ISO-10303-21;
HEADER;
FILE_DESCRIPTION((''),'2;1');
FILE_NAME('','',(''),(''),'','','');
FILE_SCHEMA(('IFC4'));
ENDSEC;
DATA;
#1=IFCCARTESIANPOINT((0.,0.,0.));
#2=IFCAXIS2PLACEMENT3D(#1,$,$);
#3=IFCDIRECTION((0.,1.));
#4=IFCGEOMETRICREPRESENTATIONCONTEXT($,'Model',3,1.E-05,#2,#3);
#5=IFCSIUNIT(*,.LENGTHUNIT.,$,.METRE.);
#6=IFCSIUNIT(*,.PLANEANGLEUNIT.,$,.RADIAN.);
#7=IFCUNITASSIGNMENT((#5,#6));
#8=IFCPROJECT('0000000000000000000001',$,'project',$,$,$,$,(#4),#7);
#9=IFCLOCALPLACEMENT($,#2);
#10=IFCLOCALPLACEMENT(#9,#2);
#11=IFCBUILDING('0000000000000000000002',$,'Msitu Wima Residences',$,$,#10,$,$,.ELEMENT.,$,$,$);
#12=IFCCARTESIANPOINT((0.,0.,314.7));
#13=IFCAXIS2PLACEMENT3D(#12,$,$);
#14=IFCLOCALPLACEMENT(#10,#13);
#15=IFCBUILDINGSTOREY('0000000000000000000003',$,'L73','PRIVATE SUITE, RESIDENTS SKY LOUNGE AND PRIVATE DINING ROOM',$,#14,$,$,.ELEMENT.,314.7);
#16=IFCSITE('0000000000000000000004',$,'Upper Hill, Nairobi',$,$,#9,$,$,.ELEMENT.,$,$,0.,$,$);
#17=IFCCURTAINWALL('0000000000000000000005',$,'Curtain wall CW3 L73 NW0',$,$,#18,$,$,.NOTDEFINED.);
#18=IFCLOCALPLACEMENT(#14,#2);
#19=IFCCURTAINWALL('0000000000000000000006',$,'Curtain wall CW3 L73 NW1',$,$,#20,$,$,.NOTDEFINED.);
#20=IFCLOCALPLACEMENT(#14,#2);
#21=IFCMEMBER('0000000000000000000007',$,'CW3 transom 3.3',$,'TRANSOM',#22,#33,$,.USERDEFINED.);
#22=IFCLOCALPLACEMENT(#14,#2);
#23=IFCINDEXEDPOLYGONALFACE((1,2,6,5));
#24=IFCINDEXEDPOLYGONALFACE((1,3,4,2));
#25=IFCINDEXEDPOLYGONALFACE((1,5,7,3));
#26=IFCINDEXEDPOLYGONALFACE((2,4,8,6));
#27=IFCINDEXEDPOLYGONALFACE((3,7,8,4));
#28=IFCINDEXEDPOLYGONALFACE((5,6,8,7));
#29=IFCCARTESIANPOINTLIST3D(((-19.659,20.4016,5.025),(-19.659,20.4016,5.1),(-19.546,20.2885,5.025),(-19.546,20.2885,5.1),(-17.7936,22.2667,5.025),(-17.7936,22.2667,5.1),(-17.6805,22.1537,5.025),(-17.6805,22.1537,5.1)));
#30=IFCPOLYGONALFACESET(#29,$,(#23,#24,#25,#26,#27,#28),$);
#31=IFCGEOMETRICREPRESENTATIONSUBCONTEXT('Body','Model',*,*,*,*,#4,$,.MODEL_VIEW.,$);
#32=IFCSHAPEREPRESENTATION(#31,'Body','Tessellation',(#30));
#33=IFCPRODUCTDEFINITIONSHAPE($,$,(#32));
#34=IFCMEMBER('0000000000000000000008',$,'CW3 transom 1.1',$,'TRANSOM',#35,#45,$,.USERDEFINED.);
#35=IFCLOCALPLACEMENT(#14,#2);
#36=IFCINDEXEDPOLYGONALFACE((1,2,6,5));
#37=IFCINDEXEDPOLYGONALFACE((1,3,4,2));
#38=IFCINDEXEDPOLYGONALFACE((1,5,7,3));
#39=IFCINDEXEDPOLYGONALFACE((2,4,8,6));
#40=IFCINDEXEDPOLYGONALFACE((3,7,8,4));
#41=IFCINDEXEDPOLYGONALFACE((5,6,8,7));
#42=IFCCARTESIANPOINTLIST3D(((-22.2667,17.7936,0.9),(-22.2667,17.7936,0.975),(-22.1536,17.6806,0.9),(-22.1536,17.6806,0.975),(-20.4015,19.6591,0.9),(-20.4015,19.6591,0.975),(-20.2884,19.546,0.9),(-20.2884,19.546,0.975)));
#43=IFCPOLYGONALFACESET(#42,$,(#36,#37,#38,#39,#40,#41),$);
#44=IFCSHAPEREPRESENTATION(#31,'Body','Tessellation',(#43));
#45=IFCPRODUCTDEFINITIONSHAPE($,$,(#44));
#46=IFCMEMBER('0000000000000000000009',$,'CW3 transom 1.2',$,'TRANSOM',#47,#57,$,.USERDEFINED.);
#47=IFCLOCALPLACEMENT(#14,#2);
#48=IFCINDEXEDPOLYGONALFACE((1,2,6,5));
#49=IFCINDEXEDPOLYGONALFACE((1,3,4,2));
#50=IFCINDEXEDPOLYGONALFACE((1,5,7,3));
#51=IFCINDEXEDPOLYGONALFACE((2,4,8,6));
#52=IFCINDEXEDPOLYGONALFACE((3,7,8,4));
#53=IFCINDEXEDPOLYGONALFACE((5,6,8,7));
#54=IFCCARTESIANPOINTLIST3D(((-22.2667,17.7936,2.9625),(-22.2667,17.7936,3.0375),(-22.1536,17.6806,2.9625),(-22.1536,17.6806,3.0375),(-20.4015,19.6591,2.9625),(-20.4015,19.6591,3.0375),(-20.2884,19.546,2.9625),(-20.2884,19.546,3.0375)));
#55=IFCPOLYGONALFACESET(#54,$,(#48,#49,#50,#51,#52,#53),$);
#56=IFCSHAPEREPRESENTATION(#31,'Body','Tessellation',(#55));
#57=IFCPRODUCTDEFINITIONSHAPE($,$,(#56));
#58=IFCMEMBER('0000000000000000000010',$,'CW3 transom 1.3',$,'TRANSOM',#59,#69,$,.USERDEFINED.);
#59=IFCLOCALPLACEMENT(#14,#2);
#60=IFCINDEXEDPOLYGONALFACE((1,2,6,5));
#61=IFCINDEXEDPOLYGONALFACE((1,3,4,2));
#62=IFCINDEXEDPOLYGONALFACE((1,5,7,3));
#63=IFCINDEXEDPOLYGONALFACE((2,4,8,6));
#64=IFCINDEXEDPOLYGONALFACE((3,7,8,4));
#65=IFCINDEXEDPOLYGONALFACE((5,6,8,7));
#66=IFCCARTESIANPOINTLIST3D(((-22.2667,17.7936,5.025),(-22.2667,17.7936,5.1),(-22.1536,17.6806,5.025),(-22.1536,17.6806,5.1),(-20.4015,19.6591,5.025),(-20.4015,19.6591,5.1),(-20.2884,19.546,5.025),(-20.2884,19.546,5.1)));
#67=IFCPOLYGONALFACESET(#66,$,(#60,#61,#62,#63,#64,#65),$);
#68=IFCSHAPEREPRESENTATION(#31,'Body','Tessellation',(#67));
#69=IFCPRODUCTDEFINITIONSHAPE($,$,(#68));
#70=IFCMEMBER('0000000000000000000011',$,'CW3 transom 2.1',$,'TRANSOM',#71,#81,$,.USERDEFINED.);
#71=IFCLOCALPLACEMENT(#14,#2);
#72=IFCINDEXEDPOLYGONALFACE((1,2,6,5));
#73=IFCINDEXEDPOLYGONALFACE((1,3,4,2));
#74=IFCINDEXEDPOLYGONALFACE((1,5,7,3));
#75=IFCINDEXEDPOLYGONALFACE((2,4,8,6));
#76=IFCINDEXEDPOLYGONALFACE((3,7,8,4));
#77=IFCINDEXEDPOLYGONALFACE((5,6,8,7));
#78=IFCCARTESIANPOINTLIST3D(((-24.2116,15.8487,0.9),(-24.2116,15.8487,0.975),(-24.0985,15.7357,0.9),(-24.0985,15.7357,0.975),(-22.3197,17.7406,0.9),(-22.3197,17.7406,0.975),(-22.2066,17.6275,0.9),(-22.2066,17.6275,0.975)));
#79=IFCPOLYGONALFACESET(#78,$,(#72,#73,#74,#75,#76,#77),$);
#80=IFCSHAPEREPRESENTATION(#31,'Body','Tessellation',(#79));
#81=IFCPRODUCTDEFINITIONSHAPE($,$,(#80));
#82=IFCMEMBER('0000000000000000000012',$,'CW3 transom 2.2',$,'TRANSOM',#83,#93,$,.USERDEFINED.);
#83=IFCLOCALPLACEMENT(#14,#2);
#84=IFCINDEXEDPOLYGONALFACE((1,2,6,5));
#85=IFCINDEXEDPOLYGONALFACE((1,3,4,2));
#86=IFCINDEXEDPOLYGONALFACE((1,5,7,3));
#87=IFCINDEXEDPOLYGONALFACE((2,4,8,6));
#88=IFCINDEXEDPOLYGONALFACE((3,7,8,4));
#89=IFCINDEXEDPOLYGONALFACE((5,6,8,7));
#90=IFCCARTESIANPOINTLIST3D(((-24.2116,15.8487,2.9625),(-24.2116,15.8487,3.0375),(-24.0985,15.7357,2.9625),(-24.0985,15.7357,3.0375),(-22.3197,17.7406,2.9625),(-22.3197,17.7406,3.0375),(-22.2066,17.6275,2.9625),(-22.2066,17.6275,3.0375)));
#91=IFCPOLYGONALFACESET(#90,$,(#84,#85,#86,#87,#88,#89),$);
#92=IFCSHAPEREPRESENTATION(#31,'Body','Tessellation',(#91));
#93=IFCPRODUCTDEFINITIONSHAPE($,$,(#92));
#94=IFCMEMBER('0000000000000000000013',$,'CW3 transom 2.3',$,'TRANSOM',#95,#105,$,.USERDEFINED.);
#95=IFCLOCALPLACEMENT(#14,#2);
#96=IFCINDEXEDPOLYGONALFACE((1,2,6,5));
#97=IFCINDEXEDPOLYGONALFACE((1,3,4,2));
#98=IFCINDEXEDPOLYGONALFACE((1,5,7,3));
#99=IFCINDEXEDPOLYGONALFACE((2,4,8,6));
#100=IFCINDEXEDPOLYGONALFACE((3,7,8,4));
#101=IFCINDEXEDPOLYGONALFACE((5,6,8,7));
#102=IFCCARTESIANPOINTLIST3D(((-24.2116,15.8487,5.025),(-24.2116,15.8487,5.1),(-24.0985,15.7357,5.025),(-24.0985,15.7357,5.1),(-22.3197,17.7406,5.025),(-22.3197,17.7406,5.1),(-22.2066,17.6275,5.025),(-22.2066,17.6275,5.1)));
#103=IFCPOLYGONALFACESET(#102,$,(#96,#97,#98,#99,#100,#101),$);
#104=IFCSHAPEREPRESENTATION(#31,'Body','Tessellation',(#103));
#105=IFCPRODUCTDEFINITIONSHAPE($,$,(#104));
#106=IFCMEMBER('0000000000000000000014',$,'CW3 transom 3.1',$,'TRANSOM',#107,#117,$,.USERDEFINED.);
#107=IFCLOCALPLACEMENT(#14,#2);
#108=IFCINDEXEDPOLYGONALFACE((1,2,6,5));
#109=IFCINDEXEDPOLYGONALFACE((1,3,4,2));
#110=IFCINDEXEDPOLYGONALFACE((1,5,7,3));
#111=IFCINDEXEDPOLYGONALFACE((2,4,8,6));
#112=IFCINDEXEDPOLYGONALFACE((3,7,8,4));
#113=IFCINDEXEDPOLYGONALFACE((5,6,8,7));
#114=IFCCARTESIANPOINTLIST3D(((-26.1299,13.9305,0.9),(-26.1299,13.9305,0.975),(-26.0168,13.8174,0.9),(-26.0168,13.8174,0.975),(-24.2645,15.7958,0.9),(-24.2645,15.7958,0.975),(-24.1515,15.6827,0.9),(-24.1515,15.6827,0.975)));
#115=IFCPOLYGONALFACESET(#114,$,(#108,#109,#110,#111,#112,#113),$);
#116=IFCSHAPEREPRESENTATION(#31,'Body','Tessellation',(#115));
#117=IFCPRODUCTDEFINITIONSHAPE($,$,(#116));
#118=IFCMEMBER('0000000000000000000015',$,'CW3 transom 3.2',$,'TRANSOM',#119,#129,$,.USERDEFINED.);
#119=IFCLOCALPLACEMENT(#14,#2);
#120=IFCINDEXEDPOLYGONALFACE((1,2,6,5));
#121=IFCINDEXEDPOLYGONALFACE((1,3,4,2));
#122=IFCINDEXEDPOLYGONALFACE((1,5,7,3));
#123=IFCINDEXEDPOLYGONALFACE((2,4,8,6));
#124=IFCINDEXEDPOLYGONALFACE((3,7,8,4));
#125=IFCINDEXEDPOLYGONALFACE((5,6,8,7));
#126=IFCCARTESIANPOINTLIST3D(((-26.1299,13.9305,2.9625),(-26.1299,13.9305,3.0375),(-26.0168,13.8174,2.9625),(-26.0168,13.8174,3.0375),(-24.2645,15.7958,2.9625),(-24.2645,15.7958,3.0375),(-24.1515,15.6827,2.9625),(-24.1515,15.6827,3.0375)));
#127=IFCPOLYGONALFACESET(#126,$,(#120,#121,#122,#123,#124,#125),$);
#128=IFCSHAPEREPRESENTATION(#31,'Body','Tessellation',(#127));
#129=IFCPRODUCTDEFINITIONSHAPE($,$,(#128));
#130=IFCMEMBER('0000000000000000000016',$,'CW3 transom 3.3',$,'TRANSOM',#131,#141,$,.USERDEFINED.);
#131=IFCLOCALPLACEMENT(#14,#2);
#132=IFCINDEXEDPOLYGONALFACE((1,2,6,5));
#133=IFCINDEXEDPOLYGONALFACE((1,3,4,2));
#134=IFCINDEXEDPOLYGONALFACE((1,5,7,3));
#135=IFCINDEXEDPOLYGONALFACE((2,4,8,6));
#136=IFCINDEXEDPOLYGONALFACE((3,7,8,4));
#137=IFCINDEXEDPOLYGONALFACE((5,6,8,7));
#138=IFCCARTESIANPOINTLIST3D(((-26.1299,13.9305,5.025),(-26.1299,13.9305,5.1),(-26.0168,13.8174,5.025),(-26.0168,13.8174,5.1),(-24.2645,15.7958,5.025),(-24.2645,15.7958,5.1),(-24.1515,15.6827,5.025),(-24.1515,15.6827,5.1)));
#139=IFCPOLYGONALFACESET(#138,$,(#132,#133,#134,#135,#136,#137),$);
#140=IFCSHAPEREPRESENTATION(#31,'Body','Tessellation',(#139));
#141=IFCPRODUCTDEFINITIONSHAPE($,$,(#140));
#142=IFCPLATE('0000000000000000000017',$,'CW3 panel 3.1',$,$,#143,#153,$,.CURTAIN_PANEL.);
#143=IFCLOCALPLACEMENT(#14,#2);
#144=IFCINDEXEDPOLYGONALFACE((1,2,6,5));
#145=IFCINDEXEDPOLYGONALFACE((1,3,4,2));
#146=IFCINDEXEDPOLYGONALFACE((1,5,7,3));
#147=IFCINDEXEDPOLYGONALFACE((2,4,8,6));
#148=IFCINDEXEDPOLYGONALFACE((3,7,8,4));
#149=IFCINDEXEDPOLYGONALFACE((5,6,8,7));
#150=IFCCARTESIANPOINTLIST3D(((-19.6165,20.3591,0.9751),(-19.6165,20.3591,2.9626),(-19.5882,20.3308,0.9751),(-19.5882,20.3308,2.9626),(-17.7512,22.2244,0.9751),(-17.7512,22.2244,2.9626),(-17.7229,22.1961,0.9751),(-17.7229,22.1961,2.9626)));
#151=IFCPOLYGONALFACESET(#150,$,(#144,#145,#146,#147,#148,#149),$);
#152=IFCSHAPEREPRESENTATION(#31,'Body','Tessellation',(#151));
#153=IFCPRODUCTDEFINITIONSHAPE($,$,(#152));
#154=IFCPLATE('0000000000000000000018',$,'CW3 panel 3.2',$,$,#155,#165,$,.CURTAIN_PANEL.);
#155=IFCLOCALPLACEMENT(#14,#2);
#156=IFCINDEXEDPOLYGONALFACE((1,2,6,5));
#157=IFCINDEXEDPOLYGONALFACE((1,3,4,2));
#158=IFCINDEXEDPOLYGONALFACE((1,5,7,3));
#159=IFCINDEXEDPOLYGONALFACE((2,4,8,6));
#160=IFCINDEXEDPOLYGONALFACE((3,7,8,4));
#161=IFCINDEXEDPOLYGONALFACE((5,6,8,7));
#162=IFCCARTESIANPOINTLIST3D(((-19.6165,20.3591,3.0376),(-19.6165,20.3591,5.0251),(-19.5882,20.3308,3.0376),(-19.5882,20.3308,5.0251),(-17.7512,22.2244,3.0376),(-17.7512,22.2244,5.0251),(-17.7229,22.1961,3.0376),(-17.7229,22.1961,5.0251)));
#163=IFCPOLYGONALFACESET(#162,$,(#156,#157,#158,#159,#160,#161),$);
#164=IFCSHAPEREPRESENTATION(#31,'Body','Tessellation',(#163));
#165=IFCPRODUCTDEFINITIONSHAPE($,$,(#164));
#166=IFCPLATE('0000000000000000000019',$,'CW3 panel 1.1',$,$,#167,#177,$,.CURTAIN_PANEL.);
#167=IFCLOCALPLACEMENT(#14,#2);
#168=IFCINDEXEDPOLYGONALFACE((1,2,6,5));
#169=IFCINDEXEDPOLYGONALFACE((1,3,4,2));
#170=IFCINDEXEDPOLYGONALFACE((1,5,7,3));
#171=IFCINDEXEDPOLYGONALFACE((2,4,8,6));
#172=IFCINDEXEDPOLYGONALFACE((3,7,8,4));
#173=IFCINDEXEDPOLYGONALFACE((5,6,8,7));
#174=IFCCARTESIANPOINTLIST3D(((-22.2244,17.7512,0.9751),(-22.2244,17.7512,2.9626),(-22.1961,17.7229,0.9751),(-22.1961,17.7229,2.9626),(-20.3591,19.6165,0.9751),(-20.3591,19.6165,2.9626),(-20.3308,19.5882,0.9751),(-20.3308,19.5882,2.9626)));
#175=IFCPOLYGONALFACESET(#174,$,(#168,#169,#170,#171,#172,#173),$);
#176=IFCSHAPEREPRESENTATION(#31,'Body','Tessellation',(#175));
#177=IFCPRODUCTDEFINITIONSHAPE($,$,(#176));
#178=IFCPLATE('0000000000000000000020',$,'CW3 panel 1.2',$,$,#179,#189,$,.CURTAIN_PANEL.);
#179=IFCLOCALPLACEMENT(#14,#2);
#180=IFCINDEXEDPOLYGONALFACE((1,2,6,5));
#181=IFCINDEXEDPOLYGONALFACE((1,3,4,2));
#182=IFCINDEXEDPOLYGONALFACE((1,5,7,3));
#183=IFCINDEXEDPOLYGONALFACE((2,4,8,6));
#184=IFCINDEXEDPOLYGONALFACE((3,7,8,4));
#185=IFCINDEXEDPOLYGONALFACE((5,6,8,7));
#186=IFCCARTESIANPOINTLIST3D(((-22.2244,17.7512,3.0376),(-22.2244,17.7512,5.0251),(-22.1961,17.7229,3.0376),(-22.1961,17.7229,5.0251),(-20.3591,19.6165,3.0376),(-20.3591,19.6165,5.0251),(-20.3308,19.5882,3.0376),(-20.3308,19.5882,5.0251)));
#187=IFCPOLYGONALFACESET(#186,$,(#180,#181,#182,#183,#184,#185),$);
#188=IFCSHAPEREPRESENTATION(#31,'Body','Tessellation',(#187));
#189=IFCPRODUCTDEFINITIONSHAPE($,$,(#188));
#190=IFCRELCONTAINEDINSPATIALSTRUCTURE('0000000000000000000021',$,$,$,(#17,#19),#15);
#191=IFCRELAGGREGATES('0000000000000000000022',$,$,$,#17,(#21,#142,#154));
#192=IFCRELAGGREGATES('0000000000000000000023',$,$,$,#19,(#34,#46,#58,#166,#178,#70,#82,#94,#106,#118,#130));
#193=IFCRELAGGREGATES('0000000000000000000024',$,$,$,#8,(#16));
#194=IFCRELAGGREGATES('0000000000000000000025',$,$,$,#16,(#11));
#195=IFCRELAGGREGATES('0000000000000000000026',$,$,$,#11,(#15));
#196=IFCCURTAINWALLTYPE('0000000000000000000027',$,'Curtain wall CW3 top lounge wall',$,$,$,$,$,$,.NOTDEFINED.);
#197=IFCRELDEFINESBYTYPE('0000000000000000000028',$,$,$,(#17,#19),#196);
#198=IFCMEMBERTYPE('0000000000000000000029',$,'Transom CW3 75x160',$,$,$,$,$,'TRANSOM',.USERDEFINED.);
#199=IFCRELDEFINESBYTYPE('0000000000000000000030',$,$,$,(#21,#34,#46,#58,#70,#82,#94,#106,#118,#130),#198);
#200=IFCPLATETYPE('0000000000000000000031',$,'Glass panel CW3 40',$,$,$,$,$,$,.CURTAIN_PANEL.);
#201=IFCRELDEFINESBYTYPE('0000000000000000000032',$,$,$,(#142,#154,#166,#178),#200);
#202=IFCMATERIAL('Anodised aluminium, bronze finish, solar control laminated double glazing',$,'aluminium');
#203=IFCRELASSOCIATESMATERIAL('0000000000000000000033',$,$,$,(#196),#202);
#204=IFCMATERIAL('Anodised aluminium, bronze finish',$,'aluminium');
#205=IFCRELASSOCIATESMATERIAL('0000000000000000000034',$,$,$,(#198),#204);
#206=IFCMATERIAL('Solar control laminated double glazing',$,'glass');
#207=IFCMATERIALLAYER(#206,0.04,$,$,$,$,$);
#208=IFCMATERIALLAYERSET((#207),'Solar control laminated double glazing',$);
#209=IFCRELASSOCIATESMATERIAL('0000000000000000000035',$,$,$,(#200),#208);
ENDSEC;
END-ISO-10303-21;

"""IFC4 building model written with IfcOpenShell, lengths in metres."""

from ifc_helpers import new_model, si_unit, direction, frame, origin, origin_2d, place, context, subcontext, project, spatial, rectangle, extrude, material, layer, layer_set, material_profile, profile_set, type_object, element, aggregate, save


model = new_model("IFC4")

# Units and contexts
model_context = context("Model", 3, precision=1e-05, world=origin(), true_north=direction((0.0, 1.0)))
body_context = subcontext(model_context, "Body", "Model", "MODEL_VIEW")
ifc_project = project(units=[si_unit("LENGTHUNIT", "METRE"), si_unit("PLANEANGLEUNIT", "RADIAN")], contexts=[model_context])

# Site, building, storey
site_placement = place(None, origin())
site = spatial("IfcSite", under=ifc_project, at=site_placement, Name="Upper Hill, Nairobi", CompositionType="ELEMENT", RefElevation=0.0)
building_placement = place(site_placement, origin())
building = spatial("IfcBuilding", under=site, at=building_placement, Name="Msitu Wima Residences", CompositionType="ELEMENT")
storey_placement = place(building_placement, frame((0.0, 0.0, 314.7)))
storey = spatial("IfcBuildingStorey", under=building, at=storey_placement, Name="L73", Description="PRIVATE SUITE, RESIDENTS SKY LOUNGE AND PRIVATE DINING ROOM", CompositionType="ELEMENT", Elevation=314.7)

# Curtain walls
ifc_material_1 = material(Name="Anodised aluminium, bronze finish, solar control laminated double glazing", Category="aluminium")
curtain_wall_type = type_object("IfcCurtainWallType", Name="Curtain wall CW3 top lounge wall", PredefinedType="NOTDEFINED", material=ifc_material_1)
curtain_wall_1_placement = place(storey_placement, origin())
curtain_wall_1 = element("IfcCurtainWall", 1, at=curtain_wall_1_placement, inside=storey, type_object=curtain_wall_type, Name="Curtain wall CW3 L73 NW0", PredefinedType="NOTDEFINED")
ifc_material_2 = material(Name="Anodised aluminium, bronze finish", Category="aluminium")
curtain_wall_2_placement = place(storey_placement, origin())
curtain_wall_2 = element("IfcCurtainWall", 2, at=curtain_wall_2_placement, inside=storey, type_object=curtain_wall_type, Name="Curtain wall CW3 L73 NW1", PredefinedType="NOTDEFINED")

# Members
ifc_material_profile_1 = material_profile(ifc_material_2, rectangle(XDim=0.1599, YDim=0.075, at=origin_2d()), Name="Transom 75x160")
ifc_profile_set_1 = profile_set([ifc_material_profile_1], Name="Anodised aluminium, bronze finish")
member_type_1 = type_object("IfcMemberType", Name="Transom CW3 75x160", ElementType="TRANSOM", PredefinedType="USERDEFINED", material=ifc_profile_set_1)
member_1_placement = place(storey_placement, frame((-17.7371, 22.2102, 5.0625), z_axis=(-0.707153, -0.707061, 0.0), x_axis=(0.707061, -0.707153, 0.0)))
member_1 = element("IfcMember", 3, at=member_1_placement, type_object=member_type_1, Name="CW3 transom 3.3", ObjectType="TRANSOM", PredefinedType="USERDEFINED", context=body_context, shape_type="SweptSolid", body=[
    extrude(rectangle(XDim=0.1599, YDim=0.075, at=origin_2d()), origin(), (0.0, 0.0, 1.0), 2.6379),
])
member_2_placement = place(storey_placement, frame((-20.345, 19.6025, 0.9375), z_axis=(-0.707061, -0.707153, 0.0), x_axis=(0.707153, -0.707061, 0.0)))
member_2 = element("IfcMember", 4, at=member_2_placement, type_object=member_type_1, Name="CW3 transom 1.1", ObjectType="TRANSOM", PredefinedType="USERDEFINED", context=body_context, shape_type="SweptSolid", body=[
    extrude(rectangle(XDim=0.1599, YDim=0.075, at=origin_2d()), origin(), (0.0, 0.0, 1.0), 2.6379),
])
member_3_placement = place(storey_placement, frame((-20.345, 19.6025, 3.0), z_axis=(-0.707061, -0.707153, 0.0), x_axis=(0.707153, -0.707061, 0.0)))
member_3 = element("IfcMember", 5, at=member_3_placement, type_object=member_type_1, Name="CW3 transom 1.2", ObjectType="TRANSOM", PredefinedType="USERDEFINED", context=body_context, shape_type="SweptSolid", body=[
    extrude(rectangle(XDim=0.1599, YDim=0.075, at=origin_2d()), origin(), (0.0, 0.0, 1.0), 2.6379),
])
member_4_placement = place(storey_placement, frame((-20.345, 19.6025, 5.0625), z_axis=(-0.707061, -0.707153, 0.0), x_axis=(0.707153, -0.707061, 0.0)))
member_4 = element("IfcMember", 6, at=member_4_placement, type_object=member_type_1, Name="CW3 transom 1.3", ObjectType="TRANSOM", PredefinedType="USERDEFINED", context=body_context, shape_type="SweptSolid", body=[
    extrude(rectangle(XDim=0.1599, YDim=0.075, at=origin_2d()), origin(), (0.0, 0.0, 1.0), 2.6379),
])
member_5_placement = place(storey_placement, frame((-22.2632, 17.6841, 0.9375), z_axis=(-0.707107, -0.707107, 0.0), x_axis=(0.707107, -0.707107, 0.0)))
member_5 = element("IfcMember", 7, at=member_5_placement, type_object=member_type_1, Name="CW3 transom 2.1", ObjectType="TRANSOM", PredefinedType="USERDEFINED", context=body_context, shape_type="SweptSolid", body=[
    extrude(rectangle(XDim=0.1599, YDim=0.075, at=origin_2d()), origin(), (0.0, 0.0, 1.0), 2.6755),
])
member_6_placement = place(storey_placement, frame((-22.2632, 17.6841, 3.0), z_axis=(-0.707107, -0.707107, 0.0), x_axis=(0.707107, -0.707107, 0.0)))
member_6 = element("IfcMember", 8, at=member_6_placement, type_object=member_type_1, Name="CW3 transom 2.2", ObjectType="TRANSOM", PredefinedType="USERDEFINED", context=body_context, shape_type="SweptSolid", body=[
    extrude(rectangle(XDim=0.1599, YDim=0.075, at=origin_2d()), origin(), (0.0, 0.0, 1.0), 2.6755),
])
member_7_placement = place(storey_placement, frame((-22.2632, 17.6841, 5.0625), z_axis=(-0.707107, -0.707107, 0.0), x_axis=(0.707107, -0.707107, 0.0)))
member_7 = element("IfcMember", 9, at=member_7_placement, type_object=member_type_1, Name="CW3 transom 2.3", ObjectType="TRANSOM", PredefinedType="USERDEFINED", context=body_context, shape_type="SweptSolid", body=[
    extrude(rectangle(XDim=0.1599, YDim=0.075, at=origin_2d()), origin(), (0.0, 0.0, 1.0), 2.6755),
])
member_8_placement = place(storey_placement, frame((-24.208, 15.7393, 0.9375), z_axis=(-0.707107, -0.707107, 0.0), x_axis=(0.707107, -0.707107, 0.0)))
member_8 = element("IfcMember", 10, at=member_8_placement, type_object=member_type_1, Name="CW3 transom 3.1", ObjectType="TRANSOM", PredefinedType="USERDEFINED", context=body_context, shape_type="SweptSolid", body=[
    extrude(rectangle(XDim=0.1599, YDim=0.075, at=origin_2d()), origin(), (0.0, 0.0, 1.0), 2.6379),
])
member_9_placement = place(storey_placement, frame((-24.208, 15.7393, 3.0), z_axis=(-0.707107, -0.707107, 0.0), x_axis=(0.707107, -0.707107, 0.0)))
member_9 = element("IfcMember", 11, at=member_9_placement, type_object=member_type_1, Name="CW3 transom 3.2", ObjectType="TRANSOM", PredefinedType="USERDEFINED", context=body_context, shape_type="SweptSolid", body=[
    extrude(rectangle(XDim=0.1599, YDim=0.075, at=origin_2d()), origin(), (0.0, 0.0, 1.0), 2.6379),
])
member_10_placement = place(storey_placement, frame((-24.208, 15.7393, 5.0625), z_axis=(-0.707107, -0.707107, 0.0), x_axis=(0.707107, -0.707107, 0.0)))
member_10 = element("IfcMember", 12, at=member_10_placement, type_object=member_type_1, Name="CW3 transom 3.3", ObjectType="TRANSOM", PredefinedType="USERDEFINED", context=body_context, shape_type="SweptSolid", body=[
    extrude(rectangle(XDim=0.1599, YDim=0.075, at=origin_2d()), origin(), (0.0, 0.0, 1.0), 2.6379),
])

# Plates
ifc_material_3 = material(Name="Solar control laminated double glazing", Category="glass")
ifc_layer_1 = layer(ifc_material_3, 0.04)
ifc_layer_set_1 = layer_set([ifc_layer_1], Name="Solar control laminated double glazing")
plate_type = type_object("IfcPlateType", Name="Glass panel CW3 40", PredefinedType="CURTAIN_PANEL", material=ifc_layer_set_1)
plate_1_placement = place(storey_placement, frame((-18.6697, 21.2776, 0.9751), z_axis=(0.0, 0.0, 1.0), x_axis=(-0.707107, -0.707107, 0.0)))
plate_1 = element("IfcPlate", 13, at=plate_1_placement, type_object=plate_type, Name="CW3 panel 3.1", PredefinedType="CURTAIN_PANEL", context=body_context, shape_type="SweptSolid", body=[
    extrude(rectangle(XDim=2.6379, YDim=0.04, at=origin_2d()), origin(), (0.0, 0.0, 1.0), 1.9875),
])
plate_2_placement = place(storey_placement, frame((-18.6697, 21.2776, 3.0376), z_axis=(0.0, 0.0, 1.0), x_axis=(-0.707107, -0.707107, 0.0)))
plate_2 = element("IfcPlate", 14, at=plate_2_placement, type_object=plate_type, Name="CW3 panel 3.2", PredefinedType="CURTAIN_PANEL", context=body_context, shape_type="SweptSolid", body=[
    extrude(rectangle(XDim=2.6379, YDim=0.04, at=origin_2d()), origin(), (0.0, 0.0, 1.0), 1.9875),
])
aggregate(curtain_wall_1, [member_1, plate_1, plate_2])
plate_3_placement = place(storey_placement, frame((-21.2776, 18.6697, 0.9751), z_axis=(0.0, 0.0, 1.0), x_axis=(-0.707107, -0.707107, 0.0)))
plate_3 = element("IfcPlate", 15, at=plate_3_placement, type_object=plate_type, Name="CW3 panel 1.1", PredefinedType="CURTAIN_PANEL", context=body_context, shape_type="SweptSolid", body=[
    extrude(rectangle(XDim=2.6379, YDim=0.04, at=origin_2d()), origin(), (0.0, 0.0, 1.0), 1.9875),
])
plate_4_placement = place(storey_placement, frame((-21.2776, 18.6697, 3.0376), z_axis=(0.0, 0.0, 1.0), x_axis=(-0.707107, -0.707107, 0.0)))
plate_4 = element("IfcPlate", 16, at=plate_4_placement, type_object=plate_type, Name="CW3 panel 1.2", PredefinedType="CURTAIN_PANEL", context=body_context, shape_type="SweptSolid", body=[
    extrude(rectangle(XDim=2.6379, YDim=0.04, at=origin_2d()), origin(), (0.0, 0.0, 1.0), 1.9875),
])
aggregate(curtain_wall_2, [member_2, member_3, member_4, plate_3, plate_4, member_5, member_6, member_7, member_8, member_9, member_10])

save(model, "model.ifc")
